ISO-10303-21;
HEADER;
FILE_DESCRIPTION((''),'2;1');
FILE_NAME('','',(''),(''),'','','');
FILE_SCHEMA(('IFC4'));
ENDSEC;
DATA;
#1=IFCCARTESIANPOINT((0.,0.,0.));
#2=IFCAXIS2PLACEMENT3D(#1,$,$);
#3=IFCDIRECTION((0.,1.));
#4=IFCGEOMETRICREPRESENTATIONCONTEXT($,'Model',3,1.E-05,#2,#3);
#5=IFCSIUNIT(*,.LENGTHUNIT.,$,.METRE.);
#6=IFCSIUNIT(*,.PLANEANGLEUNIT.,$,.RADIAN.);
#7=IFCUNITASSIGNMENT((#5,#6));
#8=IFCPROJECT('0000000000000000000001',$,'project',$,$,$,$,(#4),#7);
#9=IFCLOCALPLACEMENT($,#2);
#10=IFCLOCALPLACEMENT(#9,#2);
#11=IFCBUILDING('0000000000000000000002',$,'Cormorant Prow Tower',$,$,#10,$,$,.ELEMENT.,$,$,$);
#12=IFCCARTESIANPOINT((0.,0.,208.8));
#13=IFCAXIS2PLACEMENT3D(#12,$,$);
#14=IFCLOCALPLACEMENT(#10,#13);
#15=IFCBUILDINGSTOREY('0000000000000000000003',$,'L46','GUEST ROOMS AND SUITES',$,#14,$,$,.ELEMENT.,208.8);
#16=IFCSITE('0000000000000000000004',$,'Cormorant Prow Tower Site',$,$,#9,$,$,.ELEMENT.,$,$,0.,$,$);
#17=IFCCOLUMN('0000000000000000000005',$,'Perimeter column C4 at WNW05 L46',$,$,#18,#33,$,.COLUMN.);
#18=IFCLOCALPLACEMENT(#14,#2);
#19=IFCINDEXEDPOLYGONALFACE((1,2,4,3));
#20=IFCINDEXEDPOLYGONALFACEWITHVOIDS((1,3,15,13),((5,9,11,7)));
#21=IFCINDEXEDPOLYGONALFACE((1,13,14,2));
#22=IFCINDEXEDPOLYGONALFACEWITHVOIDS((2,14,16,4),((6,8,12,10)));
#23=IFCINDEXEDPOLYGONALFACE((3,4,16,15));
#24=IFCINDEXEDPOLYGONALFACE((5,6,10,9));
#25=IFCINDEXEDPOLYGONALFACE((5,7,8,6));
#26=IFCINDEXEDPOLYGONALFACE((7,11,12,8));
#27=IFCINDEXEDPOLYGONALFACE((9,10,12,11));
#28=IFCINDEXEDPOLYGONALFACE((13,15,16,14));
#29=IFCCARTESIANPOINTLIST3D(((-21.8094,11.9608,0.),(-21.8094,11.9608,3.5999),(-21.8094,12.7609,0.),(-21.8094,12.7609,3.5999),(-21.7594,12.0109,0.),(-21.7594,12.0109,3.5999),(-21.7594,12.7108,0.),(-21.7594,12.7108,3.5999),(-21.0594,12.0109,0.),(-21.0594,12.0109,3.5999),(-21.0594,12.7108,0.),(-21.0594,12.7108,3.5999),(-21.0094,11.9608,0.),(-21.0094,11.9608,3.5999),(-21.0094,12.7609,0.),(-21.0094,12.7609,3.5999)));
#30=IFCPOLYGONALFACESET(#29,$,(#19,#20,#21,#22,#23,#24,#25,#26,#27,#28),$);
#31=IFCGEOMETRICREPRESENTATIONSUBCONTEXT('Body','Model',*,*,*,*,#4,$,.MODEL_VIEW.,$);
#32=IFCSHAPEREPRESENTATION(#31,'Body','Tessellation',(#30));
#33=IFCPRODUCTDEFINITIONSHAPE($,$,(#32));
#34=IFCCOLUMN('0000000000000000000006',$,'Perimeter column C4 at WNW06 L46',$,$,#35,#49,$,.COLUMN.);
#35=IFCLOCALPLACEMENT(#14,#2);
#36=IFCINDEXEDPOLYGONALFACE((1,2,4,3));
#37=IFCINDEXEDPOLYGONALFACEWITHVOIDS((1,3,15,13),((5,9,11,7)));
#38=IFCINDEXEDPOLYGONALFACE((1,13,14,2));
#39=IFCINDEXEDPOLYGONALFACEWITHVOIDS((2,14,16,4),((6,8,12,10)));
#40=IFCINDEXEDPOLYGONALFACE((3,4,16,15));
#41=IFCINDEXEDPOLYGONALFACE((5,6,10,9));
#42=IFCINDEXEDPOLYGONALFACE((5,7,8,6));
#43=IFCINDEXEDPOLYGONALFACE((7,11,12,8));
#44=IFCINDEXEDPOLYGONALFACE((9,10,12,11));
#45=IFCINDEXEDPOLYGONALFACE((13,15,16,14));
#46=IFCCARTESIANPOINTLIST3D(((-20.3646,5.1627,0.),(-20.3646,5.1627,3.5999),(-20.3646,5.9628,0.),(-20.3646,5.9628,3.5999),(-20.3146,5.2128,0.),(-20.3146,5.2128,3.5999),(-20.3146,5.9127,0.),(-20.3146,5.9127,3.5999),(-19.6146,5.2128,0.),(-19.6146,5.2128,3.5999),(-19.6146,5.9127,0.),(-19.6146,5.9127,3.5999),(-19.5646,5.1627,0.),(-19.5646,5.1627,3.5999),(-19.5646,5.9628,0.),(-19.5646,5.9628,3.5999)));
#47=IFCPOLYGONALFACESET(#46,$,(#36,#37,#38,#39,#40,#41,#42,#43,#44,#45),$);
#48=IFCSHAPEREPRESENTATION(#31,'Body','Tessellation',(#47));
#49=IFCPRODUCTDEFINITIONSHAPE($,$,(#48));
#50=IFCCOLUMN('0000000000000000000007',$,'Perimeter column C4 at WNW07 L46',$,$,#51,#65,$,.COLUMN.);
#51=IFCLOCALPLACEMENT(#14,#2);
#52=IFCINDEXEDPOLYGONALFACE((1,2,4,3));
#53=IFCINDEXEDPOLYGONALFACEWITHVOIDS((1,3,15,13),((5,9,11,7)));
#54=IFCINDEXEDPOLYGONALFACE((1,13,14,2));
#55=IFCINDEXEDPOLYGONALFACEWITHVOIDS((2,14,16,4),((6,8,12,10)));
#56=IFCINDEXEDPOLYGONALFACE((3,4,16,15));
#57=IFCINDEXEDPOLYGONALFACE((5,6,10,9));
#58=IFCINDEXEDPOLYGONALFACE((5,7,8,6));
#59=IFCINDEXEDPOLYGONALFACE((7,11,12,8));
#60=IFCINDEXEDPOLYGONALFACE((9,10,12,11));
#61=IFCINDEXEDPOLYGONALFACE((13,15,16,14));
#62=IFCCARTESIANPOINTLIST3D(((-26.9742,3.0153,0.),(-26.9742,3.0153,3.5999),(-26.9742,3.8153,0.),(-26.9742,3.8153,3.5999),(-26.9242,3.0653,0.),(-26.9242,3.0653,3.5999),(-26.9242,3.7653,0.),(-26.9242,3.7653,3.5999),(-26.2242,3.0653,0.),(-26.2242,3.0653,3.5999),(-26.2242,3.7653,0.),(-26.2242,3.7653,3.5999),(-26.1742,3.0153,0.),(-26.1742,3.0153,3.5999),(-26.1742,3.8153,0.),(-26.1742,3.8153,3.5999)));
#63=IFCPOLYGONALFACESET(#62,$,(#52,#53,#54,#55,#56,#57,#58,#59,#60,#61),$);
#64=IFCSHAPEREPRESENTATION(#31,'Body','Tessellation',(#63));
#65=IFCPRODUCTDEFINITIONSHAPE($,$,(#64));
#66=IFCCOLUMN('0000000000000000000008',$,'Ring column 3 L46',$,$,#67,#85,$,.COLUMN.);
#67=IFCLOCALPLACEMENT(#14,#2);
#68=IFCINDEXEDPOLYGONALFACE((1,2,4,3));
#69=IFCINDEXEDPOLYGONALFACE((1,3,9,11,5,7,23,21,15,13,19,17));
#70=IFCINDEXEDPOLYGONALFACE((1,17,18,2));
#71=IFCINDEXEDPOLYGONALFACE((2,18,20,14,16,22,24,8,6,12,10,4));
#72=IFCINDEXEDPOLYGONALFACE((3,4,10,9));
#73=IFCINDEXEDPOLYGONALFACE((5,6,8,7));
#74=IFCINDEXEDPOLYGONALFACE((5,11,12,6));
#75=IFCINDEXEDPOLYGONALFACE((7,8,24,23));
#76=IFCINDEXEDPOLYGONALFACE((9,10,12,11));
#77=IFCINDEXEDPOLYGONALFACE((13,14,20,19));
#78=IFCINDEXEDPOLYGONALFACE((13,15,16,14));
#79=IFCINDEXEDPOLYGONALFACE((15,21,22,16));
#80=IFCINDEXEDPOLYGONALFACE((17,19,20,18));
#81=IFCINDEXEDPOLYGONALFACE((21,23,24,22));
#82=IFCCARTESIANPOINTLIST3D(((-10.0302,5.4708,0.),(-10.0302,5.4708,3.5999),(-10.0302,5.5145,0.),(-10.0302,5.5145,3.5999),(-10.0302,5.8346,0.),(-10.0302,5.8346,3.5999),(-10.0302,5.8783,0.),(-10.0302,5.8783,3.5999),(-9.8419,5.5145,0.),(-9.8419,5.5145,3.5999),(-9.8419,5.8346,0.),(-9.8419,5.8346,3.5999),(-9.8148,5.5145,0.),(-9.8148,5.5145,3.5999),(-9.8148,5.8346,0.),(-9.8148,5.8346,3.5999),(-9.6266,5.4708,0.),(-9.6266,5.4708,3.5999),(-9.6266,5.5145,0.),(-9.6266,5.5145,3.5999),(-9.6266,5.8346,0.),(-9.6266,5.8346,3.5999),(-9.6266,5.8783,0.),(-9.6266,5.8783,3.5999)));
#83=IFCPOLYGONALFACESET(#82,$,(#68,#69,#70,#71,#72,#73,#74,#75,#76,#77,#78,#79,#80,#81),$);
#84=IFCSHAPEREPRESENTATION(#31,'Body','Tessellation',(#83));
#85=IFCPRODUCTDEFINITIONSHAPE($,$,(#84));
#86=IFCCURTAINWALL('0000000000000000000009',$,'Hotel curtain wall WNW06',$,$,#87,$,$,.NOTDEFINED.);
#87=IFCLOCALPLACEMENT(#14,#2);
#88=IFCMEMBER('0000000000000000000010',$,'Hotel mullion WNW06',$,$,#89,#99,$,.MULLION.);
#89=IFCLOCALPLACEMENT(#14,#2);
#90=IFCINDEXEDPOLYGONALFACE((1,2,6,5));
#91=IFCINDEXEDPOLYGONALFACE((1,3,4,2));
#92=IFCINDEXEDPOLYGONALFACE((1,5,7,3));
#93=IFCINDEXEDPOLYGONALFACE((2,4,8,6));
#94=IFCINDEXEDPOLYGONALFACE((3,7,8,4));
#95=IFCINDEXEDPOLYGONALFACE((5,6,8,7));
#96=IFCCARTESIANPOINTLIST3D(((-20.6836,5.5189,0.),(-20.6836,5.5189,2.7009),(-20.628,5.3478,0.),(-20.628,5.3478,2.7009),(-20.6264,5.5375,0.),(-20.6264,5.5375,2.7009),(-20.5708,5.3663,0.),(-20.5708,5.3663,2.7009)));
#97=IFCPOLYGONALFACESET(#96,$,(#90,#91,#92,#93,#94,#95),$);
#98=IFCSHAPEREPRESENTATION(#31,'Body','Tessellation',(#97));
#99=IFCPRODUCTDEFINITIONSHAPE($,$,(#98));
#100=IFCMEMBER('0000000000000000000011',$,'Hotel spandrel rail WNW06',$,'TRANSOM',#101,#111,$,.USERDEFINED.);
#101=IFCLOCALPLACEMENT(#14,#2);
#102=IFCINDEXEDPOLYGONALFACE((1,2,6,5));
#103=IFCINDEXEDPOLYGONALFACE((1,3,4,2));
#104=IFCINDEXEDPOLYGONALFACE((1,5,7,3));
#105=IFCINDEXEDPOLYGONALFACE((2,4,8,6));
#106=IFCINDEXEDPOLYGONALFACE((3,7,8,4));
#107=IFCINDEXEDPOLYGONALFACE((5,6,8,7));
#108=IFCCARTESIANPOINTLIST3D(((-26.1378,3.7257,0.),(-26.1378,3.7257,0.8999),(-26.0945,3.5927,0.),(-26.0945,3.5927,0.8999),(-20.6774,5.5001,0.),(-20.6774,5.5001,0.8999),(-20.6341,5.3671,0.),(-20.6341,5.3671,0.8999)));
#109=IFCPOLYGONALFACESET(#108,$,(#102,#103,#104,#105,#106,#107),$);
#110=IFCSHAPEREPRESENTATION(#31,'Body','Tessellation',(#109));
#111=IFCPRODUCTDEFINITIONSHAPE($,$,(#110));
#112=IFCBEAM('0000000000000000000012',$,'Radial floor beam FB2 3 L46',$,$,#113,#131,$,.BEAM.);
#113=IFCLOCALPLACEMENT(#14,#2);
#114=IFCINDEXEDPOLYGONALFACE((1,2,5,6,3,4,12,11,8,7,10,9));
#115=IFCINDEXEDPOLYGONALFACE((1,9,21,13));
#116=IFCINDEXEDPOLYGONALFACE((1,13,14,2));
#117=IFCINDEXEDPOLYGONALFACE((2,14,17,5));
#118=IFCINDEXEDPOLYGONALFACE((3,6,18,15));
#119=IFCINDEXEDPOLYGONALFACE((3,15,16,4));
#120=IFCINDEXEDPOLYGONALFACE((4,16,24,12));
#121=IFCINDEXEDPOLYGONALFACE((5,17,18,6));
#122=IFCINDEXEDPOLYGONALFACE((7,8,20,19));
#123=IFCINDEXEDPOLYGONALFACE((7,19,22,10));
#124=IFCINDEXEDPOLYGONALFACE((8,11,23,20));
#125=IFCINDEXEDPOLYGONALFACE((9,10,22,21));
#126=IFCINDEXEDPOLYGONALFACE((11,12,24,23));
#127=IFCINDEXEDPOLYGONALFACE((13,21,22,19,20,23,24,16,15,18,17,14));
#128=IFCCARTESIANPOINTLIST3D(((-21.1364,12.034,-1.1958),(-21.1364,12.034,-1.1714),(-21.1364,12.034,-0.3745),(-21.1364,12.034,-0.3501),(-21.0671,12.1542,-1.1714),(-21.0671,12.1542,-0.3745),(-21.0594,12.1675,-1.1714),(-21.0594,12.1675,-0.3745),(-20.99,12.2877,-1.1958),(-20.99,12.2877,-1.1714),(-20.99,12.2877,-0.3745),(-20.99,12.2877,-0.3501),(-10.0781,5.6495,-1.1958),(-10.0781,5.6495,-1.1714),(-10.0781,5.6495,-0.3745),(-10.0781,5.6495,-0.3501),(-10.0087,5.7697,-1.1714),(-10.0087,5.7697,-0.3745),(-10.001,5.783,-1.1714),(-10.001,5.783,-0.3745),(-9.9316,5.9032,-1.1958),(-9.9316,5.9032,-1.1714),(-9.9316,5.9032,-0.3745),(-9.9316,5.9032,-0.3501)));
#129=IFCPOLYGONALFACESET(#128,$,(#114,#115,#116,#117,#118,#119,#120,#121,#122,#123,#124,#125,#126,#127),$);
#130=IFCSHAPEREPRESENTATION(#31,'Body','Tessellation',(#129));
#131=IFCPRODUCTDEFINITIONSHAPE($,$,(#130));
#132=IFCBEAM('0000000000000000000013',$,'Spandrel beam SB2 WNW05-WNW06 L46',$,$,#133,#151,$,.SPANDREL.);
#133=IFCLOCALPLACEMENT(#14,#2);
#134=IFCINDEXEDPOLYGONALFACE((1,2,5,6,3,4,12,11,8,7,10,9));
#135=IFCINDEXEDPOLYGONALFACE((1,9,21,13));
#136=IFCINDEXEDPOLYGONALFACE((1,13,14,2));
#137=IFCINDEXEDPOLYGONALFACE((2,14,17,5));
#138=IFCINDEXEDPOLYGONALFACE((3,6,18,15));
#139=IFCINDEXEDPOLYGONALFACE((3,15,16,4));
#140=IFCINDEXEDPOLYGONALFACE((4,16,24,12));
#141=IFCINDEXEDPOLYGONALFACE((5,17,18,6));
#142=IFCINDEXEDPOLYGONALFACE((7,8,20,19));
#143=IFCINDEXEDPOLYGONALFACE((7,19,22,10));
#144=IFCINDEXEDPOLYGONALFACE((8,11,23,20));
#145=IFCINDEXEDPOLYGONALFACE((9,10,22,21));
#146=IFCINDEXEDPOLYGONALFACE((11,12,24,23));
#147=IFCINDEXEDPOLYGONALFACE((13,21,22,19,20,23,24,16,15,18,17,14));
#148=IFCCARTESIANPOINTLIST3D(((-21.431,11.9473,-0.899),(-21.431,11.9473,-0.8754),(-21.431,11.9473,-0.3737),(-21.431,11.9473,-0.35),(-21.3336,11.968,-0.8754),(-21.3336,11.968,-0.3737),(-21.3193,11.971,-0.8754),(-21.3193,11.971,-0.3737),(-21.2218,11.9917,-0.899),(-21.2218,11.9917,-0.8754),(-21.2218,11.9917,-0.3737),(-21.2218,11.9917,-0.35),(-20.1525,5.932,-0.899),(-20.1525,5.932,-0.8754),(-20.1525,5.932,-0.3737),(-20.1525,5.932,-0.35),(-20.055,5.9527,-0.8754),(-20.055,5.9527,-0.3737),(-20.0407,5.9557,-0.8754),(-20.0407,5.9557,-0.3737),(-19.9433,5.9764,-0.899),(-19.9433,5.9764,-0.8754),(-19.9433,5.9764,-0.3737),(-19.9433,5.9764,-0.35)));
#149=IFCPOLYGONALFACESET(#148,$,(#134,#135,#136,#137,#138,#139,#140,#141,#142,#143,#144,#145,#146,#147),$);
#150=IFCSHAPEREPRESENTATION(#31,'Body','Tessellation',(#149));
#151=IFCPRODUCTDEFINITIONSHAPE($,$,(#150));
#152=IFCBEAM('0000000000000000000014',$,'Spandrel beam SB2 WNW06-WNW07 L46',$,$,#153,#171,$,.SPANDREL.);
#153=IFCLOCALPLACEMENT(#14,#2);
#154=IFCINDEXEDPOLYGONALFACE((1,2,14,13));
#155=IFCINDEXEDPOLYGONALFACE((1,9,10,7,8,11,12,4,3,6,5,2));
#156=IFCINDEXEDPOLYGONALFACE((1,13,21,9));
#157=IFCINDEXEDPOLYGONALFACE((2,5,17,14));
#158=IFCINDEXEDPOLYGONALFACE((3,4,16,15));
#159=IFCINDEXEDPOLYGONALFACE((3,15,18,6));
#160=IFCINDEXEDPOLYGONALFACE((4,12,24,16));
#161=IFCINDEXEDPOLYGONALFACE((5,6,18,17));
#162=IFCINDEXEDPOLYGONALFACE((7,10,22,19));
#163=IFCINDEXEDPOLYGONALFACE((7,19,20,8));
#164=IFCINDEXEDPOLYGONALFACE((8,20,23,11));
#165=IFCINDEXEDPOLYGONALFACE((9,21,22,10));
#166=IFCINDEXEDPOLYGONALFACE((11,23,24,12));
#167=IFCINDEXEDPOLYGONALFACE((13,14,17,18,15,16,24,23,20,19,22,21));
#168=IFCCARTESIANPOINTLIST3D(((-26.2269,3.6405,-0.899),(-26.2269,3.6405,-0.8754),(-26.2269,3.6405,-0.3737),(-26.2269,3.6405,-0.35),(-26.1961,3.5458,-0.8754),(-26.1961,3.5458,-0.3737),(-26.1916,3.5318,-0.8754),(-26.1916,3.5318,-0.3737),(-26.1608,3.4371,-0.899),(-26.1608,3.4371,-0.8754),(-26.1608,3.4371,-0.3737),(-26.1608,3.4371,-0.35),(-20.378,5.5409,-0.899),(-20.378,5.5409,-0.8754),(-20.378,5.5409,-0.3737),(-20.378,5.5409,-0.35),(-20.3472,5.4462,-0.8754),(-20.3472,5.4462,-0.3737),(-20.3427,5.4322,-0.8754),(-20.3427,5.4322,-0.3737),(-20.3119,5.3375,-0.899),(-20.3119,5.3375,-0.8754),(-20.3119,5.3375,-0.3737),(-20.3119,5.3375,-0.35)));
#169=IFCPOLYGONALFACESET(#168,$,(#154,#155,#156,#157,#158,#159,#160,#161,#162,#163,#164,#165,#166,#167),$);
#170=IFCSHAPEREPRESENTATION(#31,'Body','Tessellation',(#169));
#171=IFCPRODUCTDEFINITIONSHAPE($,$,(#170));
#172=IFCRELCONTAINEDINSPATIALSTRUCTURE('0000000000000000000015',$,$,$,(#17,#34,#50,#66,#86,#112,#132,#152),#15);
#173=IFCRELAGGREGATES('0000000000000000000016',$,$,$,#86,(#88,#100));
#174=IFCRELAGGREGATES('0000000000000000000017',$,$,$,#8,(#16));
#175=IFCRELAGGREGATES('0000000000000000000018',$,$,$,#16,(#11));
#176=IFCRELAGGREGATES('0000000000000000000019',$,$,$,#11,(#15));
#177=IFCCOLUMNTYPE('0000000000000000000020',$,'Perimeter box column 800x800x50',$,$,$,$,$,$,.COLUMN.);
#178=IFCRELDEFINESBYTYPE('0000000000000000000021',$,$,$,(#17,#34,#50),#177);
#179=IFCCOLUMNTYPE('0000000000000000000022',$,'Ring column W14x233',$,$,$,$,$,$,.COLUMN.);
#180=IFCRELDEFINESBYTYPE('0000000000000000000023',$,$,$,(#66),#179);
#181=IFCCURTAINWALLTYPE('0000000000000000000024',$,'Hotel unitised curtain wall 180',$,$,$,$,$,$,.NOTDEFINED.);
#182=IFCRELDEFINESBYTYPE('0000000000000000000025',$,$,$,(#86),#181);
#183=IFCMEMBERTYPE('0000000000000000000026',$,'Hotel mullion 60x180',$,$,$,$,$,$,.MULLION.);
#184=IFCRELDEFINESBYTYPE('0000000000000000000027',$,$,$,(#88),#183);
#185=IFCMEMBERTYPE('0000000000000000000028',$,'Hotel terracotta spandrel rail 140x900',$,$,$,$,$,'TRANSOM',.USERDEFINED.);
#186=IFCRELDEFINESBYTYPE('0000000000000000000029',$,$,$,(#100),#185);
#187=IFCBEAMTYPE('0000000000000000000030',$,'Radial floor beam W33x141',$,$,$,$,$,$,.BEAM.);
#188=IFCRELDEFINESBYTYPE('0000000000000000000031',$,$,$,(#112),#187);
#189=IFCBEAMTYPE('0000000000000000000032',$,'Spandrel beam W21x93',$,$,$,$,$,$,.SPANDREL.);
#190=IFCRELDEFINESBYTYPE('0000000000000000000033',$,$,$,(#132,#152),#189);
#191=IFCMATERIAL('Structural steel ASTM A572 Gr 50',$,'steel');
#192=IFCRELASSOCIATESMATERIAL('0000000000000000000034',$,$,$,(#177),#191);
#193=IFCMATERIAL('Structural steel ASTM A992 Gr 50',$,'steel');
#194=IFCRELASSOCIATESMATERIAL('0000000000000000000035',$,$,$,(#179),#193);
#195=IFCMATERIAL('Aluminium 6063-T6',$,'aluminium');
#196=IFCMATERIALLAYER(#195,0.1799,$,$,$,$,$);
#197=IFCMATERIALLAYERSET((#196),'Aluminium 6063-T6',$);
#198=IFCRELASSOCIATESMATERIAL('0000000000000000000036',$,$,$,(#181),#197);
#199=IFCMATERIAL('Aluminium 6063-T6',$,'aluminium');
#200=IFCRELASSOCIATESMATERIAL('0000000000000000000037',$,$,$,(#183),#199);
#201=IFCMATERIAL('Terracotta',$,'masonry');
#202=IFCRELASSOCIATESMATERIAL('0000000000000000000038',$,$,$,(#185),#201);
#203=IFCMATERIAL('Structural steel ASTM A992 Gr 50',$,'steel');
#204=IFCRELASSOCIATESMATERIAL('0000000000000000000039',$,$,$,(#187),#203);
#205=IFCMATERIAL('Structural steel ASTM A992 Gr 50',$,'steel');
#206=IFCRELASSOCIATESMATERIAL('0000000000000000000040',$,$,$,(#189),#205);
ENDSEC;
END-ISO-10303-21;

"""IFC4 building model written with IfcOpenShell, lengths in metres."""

from ifc_helpers import new_model, si_unit, direction, frame, origin, origin_2d, place, context, subcontext, project, spatial, rectangle, hollow_rectangle, i_section, extrude, material, layer, layer_set, material_profile, profile_set, type_object, element, aggregate, save


model = new_model("IFC4")

# Units and contexts
model_context = context("Model", 3, precision=1e-05, world=origin(), true_north=direction((0.0, 1.0)))
body_context = subcontext(model_context, "Body", "Model", "MODEL_VIEW")
ifc_project = project(units=[si_unit("LENGTHUNIT", "METRE"), si_unit("PLANEANGLEUNIT", "RADIAN")], contexts=[model_context])

# Site, building, storey
site_placement = place(None, origin())
site = spatial("IfcSite", under=ifc_project, at=site_placement, Name="Cormorant Prow Tower Site", CompositionType="ELEMENT", RefElevation=0.0)
building_placement = place(site_placement, origin())
building = spatial("IfcBuilding", under=site, at=building_placement, Name="Cormorant Prow Tower", CompositionType="ELEMENT")
storey_placement = place(building_placement, frame((0.0, 0.0, 208.8)))
storey = spatial("IfcBuildingStorey", under=building, at=storey_placement, Name="L46", Description="GUEST ROOMS AND SUITES", CompositionType="ELEMENT", Elevation=208.8)

# Columns
ifc_material_1 = material(Name="Structural steel ASTM A572 Gr 50", Category="steel")
ifc_material_profile_1 = material_profile(ifc_material_1, hollow_rectangle(XDim=0.8, YDim=0.8, WallThickness=0.05, at=origin_2d()), Name="Box 800x800x50")
ifc_profile_set_1 = profile_set([ifc_material_profile_1], Name="Structural steel ASTM A572 Gr 50")
column_type_1 = type_object("IfcColumnType", Name="Perimeter box column 800x800x50", PredefinedType="COLUMN", material=ifc_profile_set_1)
for number, where, z_axis, x_axis, name in (
    (1, (-21.4094, 12.3608, 0.0), (0.0, 0.0, 1.0), (1.0, 0.0, 0.0), "Perimeter column C4 at WNW05 L46"),
    (2, (-19.9646, 5.5627, 0.0), (0.0, 0.0, 1.0), (1.0, 0.0, 0.0), "Perimeter column C4 at WNW06 L46"),
    (3, (-26.5742, 3.4153, 0.0), (0.0, 0.0, 1.0), (1.0, 0.0, 0.0), "Perimeter column C4 at WNW07 L46"),
):
    element("IfcColumn", number, at=place(storey_placement, frame(where, z_axis=z_axis, x_axis=x_axis)), inside=storey, type_object=column_type_1, Name=name, PredefinedType="COLUMN", context=body_context, shape_type="SweptSolid", body=[
        extrude(hollow_rectangle(XDim=0.8, YDim=0.8, WallThickness=0.05, at=origin_2d()), origin(), (0.0, 0.0, 1.0), 3.5999),
    ])
ifc_material_2 = material(Name="Structural steel ASTM A992 Gr 50", Category="steel")
ifc_material_profile_2 = material_profile(ifc_material_2, i_section(OverallWidth=0.4036, OverallDepth=0.4075, WebThickness=0.0271, FlangeThickness=0.0437, at=origin_2d()), Name="W14x233")
ifc_profile_set_2 = profile_set([ifc_material_profile_2], Name="Structural steel ASTM A992 Gr 50")
column_type_2 = type_object("IfcColumnType", Name="Ring column W14x233", PredefinedType="COLUMN", material=ifc_profile_set_2)
column_placement = place(storey_placement, frame((-9.8284, 5.6746, 0.0), z_axis=(0.0, 0.0, 1.0), x_axis=(1.0, 0.0, 0.0)))
element("IfcColumn", 4, at=column_placement, inside=storey, type_object=column_type_2, Name="Ring column 3 L46", PredefinedType="COLUMN", context=body_context, shape_type="SweptSolid", body=[
    extrude(i_section(OverallWidth=0.4036, OverallDepth=0.4075, WebThickness=0.0271, FlangeThickness=0.0437, at=origin_2d()), origin(), (0.0, 0.0, 1.0), 3.5999),
])

# Curtain wall, members
ifc_material_3 = material(Name="Aluminium 6063-T6", Category="aluminium")
ifc_layer_1 = layer(ifc_material_3, 0.1799)
ifc_layer_set_1 = layer_set([ifc_layer_1], Name="Aluminium 6063-T6")
curtain_wall_type = type_object("IfcCurtainWallType", Name="Hotel unitised curtain wall 180", PredefinedType="NOTDEFINED", material=ifc_layer_set_1)
curtain_wall_placement = place(storey_placement, origin())
curtain_wall = element("IfcCurtainWall", 5, at=curtain_wall_placement, inside=storey, type_object=curtain_wall_type, Name="Hotel curtain wall WNW06", PredefinedType="NOTDEFINED")
ifc_material_4 = material(Name="Aluminium 6063-T6", Category="aluminium")
ifc_material_profile_3 = material_profile(ifc_material_4, rectangle(XDim=0.1799, YDim=0.0601, at=origin_2d()), Name="Hotel mullion 60x180")
ifc_profile_set_3 = profile_set([ifc_material_profile_3], Name="Aluminium 6063-T6")
member_type_1 = type_object("IfcMemberType", Name="Hotel mullion 60x180", PredefinedType="MULLION", material=ifc_profile_set_3)
member_1_placement = place(storey_placement, frame((-20.6272, 5.4426, 0.0), z_axis=(0.0, 0.0, 1.0), x_axis=(0.309017, -0.951057, 0.0)))
member_1 = element("IfcMember", 6, at=member_1_placement, type_object=member_type_1, Name="Hotel mullion WNW06", PredefinedType="MULLION", context=body_context, shape_type="SweptSolid", body=[
    extrude(rectangle(XDim=0.1799, YDim=0.0601, at=origin_2d()), origin(), (0.0, 0.0, 1.0), 2.7009),
])
ifc_material_5 = material(Name="Terracotta", Category="masonry")
ifc_material_profile_4 = material_profile(ifc_material_5, rectangle(XDim=0.1399, YDim=0.8999, at=origin_2d()), Name="Hotel terracotta spandrel rail 140x900")
ifc_profile_set_4 = profile_set([ifc_material_profile_4], Name="Terracotta")
member_type_2 = type_object("IfcMemberType", Name="Hotel terracotta spandrel rail 140x900", ElementType="TRANSOM", PredefinedType="USERDEFINED", material=ifc_profile_set_4)
member_2_placement = place(storey_placement, frame((-20.6558, 5.4336, 0.45), z_axis=(-0.951046, -0.30905, 0.0), x_axis=(0.30905, -0.951046, 0.0)))
member_2 = element("IfcMember", 7, at=member_2_placement, type_object=member_type_2, Name="Hotel spandrel rail WNW06", ObjectType="TRANSOM", PredefinedType="USERDEFINED", context=body_context, shape_type="SweptSolid", body=[
    extrude(rectangle(XDim=0.1399, YDim=0.8999, at=origin_2d()), origin(), (0.0, 0.0, 1.0), 5.7415),
])

# Beams
ifc_material_6 = material(Name="Structural steel ASTM A992 Gr 50", Category="steel")
ifc_material_profile_5 = material_profile(ifc_material_6, i_section(OverallWidth=0.293, OverallDepth=0.8457, WebThickness=0.0154, FlangeThickness=0.0244, at=origin_2d()), Name="W33x141")
ifc_profile_set_5 = profile_set([ifc_material_profile_5], Name="Structural steel ASTM A992 Gr 50")
beam_type_1 = type_object("IfcBeamType", Name="Radial floor beam W33x141", PredefinedType="BEAM", material=ifc_profile_set_5)
beam_1_placement = place(storey_placement, frame((-10.0049, 5.7764, -0.7729), z_axis=(-0.866026, 0.499999, 0.0), x_axis=(-0.499999, -0.866026, 0.0)))
element("IfcBeam", 8, at=beam_1_placement, inside=storey, type_object=beam_type_1, Name="Radial floor beam FB2 3 L46", PredefinedType="BEAM", context=body_context, shape_type="SweptSolid", body=[
    extrude(i_section(OverallWidth=0.293, OverallDepth=0.8457, WebThickness=0.0154, FlangeThickness=0.0244, at=origin_2d()), origin(), (0.0, 0.0, 1.0), 12.769),
])
ifc_material_7 = material(Name="Structural steel ASTM A992 Gr 50", Category="steel")
ifc_material_profile_6 = material_profile(ifc_material_7, i_section(OverallWidth=0.2139, OverallDepth=0.5491, WebThickness=0.0146, FlangeThickness=0.0237, at=origin_2d()), Name="W21x93")
ifc_profile_set_6 = profile_set([ifc_material_profile_6], Name="Structural steel ASTM A992 Gr 50")
beam_type_2 = type_object("IfcBeamType", Name="Spandrel beam W21x93", PredefinedType="SPANDREL", material=ifc_profile_set_6)
beam_2_placement = place(storey_placement, frame((-21.3264, 11.9695, -0.6245), z_axis=(0.207905, -0.978149, 0.0), x_axis=(0.978149, 0.207905, 0.0)))
element("IfcBeam", 9, at=beam_2_placement, inside=storey, type_object=beam_type_2, Name="Spandrel beam SB2 WNW05-WNW06 L46", PredefinedType="SPANDREL", context=body_context, shape_type="SweptSolid", body=[
    extrude(i_section(OverallWidth=0.2139, OverallDepth=0.5491, WebThickness=0.0146, FlangeThickness=0.0237, at=origin_2d()), origin(), (0.0, 0.0, 1.0), 6.1497),
])
beam_3_placement = place(storey_placement, frame((-20.345, 5.4392, -0.6245), z_axis=(-0.951058, -0.309013, 0.0), x_axis=(0.309013, -0.951058, 0.0)))
element("IfcBeam", 10, at=beam_3_placement, inside=storey, type_object=beam_type_2, Name="Spandrel beam SB2 WNW06-WNW07 L46", PredefinedType="SPANDREL", context=body_context, shape_type="SweptSolid", body=[
    extrude(i_section(OverallWidth=0.2139, OverallDepth=0.5491, WebThickness=0.0146, FlangeThickness=0.0237, at=origin_2d()), origin(), (0.0, 0.0, 1.0), 6.1499),
])

aggregate(curtain_wall, [member_1, member_2])

save(model, "model.ifc")
